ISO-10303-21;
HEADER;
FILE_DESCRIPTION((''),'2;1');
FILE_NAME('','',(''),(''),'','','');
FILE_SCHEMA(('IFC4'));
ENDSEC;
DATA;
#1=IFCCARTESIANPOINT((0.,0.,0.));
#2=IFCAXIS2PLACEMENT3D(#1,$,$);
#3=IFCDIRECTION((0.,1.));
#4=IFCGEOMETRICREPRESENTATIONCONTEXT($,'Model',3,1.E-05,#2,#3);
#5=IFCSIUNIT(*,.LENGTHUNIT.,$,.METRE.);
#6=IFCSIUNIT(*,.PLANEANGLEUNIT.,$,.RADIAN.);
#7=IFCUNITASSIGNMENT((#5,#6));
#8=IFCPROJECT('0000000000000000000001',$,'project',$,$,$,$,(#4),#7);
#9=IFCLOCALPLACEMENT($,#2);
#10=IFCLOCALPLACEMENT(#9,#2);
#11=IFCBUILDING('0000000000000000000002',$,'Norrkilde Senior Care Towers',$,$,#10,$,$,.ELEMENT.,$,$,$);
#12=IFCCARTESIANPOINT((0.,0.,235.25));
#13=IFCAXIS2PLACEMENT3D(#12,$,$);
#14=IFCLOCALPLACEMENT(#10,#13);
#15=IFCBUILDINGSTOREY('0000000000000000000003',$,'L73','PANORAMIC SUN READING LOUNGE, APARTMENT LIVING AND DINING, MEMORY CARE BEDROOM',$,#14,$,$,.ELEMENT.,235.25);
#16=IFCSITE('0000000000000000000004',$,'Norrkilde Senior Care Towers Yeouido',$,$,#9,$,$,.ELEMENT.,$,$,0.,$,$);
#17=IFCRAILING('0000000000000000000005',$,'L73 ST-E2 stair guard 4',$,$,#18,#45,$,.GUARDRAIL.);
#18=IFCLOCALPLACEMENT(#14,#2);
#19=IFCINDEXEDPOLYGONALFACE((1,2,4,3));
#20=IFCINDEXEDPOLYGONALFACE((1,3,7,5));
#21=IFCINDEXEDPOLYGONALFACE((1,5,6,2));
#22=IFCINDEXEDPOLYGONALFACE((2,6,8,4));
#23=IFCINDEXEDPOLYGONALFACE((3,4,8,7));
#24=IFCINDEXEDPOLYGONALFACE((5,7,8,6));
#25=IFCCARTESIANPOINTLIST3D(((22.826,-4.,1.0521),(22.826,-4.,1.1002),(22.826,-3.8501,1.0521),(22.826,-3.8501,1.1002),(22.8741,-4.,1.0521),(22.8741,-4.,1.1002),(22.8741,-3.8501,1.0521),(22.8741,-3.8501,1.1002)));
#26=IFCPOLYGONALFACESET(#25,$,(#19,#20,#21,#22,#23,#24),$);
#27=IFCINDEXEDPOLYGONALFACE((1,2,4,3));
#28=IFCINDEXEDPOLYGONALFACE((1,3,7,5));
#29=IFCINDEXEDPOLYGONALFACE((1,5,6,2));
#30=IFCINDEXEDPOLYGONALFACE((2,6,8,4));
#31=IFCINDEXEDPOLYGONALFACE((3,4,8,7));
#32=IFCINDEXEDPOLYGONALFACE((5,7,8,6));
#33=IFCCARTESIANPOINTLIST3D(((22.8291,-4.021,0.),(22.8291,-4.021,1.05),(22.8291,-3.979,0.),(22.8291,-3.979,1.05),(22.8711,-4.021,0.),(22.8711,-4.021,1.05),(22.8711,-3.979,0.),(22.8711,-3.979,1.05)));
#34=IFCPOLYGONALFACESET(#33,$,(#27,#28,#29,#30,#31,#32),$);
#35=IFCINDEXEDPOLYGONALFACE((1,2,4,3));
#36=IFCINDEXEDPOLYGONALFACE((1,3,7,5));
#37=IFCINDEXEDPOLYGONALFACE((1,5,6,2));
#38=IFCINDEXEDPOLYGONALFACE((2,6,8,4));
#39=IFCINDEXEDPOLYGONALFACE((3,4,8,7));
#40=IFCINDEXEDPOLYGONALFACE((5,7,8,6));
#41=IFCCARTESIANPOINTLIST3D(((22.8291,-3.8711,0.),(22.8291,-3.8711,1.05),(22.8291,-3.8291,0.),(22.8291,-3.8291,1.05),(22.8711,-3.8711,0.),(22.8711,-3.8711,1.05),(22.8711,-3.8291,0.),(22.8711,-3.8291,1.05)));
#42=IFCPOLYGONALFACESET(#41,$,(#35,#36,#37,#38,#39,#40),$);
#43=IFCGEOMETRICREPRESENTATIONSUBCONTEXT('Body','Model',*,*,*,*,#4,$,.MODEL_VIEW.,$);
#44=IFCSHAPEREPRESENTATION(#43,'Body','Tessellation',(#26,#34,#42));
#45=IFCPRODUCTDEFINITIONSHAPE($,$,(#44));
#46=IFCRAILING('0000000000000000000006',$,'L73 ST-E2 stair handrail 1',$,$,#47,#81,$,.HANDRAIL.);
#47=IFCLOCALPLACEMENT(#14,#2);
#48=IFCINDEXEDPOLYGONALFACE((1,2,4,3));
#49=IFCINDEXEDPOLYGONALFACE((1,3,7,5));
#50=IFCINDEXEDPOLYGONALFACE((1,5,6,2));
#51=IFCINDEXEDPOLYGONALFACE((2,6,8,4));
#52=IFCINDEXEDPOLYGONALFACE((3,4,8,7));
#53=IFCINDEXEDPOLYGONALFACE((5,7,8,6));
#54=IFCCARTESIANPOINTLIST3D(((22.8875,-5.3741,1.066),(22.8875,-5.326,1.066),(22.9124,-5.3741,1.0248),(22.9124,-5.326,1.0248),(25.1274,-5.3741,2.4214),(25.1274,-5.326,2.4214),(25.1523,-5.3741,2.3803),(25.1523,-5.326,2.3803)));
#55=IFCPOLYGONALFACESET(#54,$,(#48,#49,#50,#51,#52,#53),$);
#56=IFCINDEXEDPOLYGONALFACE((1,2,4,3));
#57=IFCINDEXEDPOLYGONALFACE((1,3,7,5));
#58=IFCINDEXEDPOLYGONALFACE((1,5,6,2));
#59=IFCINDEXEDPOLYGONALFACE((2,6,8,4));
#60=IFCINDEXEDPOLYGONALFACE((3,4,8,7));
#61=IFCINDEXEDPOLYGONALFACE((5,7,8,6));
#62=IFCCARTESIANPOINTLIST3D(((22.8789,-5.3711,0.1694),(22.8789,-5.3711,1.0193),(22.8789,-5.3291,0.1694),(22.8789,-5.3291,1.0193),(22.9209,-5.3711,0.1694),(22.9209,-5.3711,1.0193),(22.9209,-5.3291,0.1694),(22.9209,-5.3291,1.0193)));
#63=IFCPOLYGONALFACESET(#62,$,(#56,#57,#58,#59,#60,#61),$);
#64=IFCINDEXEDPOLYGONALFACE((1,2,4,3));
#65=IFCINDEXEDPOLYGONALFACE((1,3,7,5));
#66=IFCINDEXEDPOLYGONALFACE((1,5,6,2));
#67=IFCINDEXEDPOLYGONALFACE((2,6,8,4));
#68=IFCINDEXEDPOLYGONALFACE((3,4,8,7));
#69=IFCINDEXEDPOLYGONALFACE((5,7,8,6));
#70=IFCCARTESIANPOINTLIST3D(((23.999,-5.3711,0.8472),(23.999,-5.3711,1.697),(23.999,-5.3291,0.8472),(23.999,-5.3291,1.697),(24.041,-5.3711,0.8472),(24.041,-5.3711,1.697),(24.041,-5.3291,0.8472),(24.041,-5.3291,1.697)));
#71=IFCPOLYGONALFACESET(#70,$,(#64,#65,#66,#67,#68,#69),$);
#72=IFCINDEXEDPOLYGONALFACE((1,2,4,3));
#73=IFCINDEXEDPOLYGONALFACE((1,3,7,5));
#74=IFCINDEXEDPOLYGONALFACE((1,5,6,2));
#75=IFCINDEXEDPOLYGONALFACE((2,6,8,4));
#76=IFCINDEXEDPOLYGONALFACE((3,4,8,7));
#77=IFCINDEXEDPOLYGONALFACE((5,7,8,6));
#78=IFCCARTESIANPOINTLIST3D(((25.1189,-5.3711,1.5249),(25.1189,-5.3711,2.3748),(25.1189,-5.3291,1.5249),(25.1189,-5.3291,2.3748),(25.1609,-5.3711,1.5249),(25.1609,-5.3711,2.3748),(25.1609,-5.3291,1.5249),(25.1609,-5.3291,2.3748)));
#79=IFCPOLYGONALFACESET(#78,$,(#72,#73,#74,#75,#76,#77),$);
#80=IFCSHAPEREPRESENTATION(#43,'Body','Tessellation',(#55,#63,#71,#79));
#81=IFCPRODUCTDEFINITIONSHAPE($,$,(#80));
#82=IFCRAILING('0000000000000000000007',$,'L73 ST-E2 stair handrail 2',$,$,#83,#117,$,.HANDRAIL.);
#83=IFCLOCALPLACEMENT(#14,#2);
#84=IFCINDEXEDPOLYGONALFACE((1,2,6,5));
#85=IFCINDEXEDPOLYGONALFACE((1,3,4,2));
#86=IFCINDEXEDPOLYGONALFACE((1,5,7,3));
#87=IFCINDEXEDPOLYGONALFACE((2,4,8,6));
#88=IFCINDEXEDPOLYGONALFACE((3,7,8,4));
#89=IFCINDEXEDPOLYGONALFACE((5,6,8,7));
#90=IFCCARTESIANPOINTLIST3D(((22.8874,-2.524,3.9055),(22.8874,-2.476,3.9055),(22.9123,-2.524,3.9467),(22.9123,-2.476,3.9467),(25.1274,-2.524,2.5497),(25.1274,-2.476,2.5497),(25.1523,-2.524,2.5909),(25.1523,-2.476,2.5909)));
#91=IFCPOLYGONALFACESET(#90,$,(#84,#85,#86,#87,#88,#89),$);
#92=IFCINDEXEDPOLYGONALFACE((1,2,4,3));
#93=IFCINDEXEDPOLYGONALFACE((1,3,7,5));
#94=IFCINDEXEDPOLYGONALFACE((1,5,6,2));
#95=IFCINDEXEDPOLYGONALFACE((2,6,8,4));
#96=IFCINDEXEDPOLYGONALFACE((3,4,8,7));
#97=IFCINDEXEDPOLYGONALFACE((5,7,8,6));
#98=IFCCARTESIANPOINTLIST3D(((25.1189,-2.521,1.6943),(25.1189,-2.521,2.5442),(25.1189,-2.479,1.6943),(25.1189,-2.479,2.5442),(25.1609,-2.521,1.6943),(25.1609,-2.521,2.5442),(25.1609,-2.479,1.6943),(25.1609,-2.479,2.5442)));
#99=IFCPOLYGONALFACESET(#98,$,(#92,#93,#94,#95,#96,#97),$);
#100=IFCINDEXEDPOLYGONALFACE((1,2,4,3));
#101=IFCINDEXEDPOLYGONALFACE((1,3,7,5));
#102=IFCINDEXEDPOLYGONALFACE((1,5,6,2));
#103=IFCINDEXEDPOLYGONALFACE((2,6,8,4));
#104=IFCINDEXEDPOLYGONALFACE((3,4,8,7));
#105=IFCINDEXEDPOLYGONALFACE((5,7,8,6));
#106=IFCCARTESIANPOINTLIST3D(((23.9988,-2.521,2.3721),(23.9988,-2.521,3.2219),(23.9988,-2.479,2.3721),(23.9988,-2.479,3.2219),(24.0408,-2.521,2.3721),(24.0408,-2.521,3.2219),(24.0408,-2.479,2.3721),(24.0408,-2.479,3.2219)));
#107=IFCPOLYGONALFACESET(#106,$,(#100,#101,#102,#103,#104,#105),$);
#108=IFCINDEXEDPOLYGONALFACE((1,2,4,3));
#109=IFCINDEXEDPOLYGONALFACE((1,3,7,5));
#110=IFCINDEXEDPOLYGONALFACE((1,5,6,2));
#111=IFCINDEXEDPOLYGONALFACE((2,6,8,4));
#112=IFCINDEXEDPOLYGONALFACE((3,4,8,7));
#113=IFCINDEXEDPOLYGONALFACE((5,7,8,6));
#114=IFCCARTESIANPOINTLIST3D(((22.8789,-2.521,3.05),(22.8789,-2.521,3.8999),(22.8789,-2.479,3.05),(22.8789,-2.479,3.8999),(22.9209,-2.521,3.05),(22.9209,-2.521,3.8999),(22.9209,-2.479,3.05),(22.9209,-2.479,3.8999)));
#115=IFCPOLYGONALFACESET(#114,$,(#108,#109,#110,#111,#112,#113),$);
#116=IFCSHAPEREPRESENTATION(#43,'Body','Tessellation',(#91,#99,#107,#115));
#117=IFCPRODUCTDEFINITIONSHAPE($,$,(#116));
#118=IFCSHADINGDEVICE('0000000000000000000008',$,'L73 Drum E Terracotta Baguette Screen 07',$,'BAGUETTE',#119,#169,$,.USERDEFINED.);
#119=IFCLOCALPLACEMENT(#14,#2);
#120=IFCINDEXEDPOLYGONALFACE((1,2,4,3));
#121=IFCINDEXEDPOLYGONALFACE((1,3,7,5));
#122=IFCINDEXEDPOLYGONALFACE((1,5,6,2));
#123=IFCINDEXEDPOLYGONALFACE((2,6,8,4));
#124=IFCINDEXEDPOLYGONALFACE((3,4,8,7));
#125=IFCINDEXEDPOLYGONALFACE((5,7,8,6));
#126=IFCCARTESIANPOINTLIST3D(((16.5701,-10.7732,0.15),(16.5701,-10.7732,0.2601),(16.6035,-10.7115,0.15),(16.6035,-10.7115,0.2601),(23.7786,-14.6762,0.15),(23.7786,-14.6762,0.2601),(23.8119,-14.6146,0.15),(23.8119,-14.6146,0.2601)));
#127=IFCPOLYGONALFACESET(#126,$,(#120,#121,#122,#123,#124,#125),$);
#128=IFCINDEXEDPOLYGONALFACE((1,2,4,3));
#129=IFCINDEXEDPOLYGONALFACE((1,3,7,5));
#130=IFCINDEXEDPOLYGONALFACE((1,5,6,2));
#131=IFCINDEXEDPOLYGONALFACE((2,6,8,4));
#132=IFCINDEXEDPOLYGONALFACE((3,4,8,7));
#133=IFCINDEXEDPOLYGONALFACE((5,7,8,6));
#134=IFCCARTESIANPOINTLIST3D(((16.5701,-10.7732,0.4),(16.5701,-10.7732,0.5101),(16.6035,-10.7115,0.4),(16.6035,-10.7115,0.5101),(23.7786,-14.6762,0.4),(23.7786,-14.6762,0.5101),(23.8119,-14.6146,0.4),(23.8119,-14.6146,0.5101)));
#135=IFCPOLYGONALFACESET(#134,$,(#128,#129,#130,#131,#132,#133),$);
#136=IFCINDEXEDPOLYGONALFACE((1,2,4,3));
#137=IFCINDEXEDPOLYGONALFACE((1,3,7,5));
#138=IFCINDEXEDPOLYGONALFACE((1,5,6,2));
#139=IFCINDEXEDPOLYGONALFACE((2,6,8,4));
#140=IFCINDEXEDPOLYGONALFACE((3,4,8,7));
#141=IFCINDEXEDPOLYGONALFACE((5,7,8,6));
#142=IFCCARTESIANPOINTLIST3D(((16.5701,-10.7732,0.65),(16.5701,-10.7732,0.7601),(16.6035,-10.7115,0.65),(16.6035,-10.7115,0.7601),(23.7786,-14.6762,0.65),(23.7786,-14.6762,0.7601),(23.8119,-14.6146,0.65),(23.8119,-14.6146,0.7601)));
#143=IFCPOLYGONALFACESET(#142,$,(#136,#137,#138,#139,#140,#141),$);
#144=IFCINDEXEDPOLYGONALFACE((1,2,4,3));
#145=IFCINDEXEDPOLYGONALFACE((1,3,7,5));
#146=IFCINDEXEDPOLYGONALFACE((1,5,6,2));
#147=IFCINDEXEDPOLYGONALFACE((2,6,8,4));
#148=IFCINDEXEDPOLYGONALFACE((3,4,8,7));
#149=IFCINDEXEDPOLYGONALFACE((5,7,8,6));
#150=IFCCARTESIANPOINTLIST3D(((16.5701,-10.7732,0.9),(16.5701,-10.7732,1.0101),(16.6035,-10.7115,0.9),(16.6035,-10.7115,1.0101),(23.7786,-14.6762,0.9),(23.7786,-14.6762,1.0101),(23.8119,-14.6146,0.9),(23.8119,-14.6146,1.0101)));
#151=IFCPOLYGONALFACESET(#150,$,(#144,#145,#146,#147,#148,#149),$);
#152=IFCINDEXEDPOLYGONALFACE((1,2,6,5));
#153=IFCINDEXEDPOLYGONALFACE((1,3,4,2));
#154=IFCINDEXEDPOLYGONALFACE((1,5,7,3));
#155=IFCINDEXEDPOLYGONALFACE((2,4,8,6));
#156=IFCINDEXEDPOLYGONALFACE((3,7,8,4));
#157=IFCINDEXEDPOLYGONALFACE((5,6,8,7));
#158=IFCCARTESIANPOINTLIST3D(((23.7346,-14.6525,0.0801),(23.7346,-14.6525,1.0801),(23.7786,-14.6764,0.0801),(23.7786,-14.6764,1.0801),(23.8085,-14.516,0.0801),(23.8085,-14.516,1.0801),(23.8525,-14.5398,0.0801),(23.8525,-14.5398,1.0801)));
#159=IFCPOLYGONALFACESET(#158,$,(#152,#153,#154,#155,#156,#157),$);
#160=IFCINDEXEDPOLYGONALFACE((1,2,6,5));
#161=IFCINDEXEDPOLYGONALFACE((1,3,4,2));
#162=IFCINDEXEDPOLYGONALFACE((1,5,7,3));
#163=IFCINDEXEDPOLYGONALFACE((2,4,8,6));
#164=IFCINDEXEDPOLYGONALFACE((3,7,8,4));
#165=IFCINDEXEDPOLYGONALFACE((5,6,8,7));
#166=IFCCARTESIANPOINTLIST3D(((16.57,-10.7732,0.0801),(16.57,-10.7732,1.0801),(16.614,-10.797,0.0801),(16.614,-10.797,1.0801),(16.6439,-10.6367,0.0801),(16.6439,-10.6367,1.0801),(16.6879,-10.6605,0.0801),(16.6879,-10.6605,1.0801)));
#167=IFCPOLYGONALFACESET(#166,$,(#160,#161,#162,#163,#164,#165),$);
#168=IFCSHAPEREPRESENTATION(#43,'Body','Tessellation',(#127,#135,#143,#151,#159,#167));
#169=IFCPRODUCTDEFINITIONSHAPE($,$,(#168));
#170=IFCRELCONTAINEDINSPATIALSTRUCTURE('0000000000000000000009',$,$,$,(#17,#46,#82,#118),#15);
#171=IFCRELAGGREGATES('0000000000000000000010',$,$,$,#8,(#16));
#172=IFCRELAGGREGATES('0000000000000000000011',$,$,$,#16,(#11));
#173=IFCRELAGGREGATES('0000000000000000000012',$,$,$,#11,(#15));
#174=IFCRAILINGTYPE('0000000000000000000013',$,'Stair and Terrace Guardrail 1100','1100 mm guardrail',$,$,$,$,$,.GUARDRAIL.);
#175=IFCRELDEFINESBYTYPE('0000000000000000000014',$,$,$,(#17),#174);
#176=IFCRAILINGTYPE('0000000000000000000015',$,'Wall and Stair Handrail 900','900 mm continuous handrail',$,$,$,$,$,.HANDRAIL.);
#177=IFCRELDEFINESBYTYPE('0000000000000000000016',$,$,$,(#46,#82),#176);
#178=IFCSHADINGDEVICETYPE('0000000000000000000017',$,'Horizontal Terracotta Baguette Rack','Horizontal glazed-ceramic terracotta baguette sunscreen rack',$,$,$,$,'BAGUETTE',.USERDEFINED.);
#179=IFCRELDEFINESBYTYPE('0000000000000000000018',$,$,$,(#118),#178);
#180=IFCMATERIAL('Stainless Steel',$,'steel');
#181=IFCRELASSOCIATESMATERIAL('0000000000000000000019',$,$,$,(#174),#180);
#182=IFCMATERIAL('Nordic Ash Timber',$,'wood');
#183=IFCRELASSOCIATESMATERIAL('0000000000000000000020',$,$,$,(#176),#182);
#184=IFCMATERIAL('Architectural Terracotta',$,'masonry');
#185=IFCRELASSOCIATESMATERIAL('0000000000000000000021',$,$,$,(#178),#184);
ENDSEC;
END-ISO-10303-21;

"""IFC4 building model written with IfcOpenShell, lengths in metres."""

from ifc_helpers import new_model, si_unit, direction, frame, origin, origin_2d, place, context, subcontext, project, spatial, rectangle, extrude, source, transform, mapped, material, type_object, type_shapes, element, save


model = new_model("IFC4")

# Units and contexts
model_context = context("Model", 3, precision=1e-05, world=origin(), true_north=direction((0.0, 1.0)))
body_context = subcontext(model_context, "Body", "Model", "MODEL_VIEW")
ifc_project = project(units=[si_unit("LENGTHUNIT", "METRE"), si_unit("PLANEANGLEUNIT", "RADIAN")], contexts=[model_context])

# Site, building, storey
site_placement = place(None, origin())
site = spatial("IfcSite", under=ifc_project, at=site_placement, Name="Norrkilde Senior Care Towers Yeouido", CompositionType="ELEMENT", RefElevation=0.0)
building_placement = place(site_placement, origin())
building = spatial("IfcBuilding", under=site, at=building_placement, Name="Norrkilde Senior Care Towers", CompositionType="ELEMENT")
storey_placement = place(building_placement, frame((0.0, 0.0, 235.25)))
storey = spatial("IfcBuildingStorey", under=building, at=storey_placement, Name="L73", Description="PANORAMIC SUN READING LOUNGE, APARTMENT LIVING AND DINING, MEMORY CARE BEDROOM", CompositionType="ELEMENT", Elevation=235.25)

# Shared definitions
ifc_material_1 = material(Name="Nordic Ash Timber", Category="wood")

# Railings
ifc_material_2 = material(Name="Stainless Steel", Category="steel")
railing_type_1 = type_object("IfcRailingType", Name="Stair and Terrace Guardrail 1100", Description="1100 mm guardrail", PredefinedType="GUARDRAIL", material=ifc_material_2)
railing_1_placement = place(storey_placement, frame((22.8501, -4.0, 0.0)))
element("IfcRailing", 1, at=railing_1_placement, inside=storey, type_object=railing_type_1, Name="L73 ST-E2 stair guard 4", PredefinedType="GUARDRAIL", context=body_context, shape_type="SweptSolid", body=[
    extrude(rectangle(XDim=0.0481, YDim=0.0481, at=origin_2d()), frame((0.0, 0.0, 1.0762), z_axis=(0.0, 1.0, 0.0), x_axis=(-1.0, 0.0, 0.0)), (0.0, 0.0, 1.0), 0.1499),
    extrude(rectangle(XDim=0.042, YDim=0.042, at=origin_2d()), origin(), (0.0, 0.0, 1.0), 1.05),
    extrude(rectangle(XDim=0.042, YDim=0.042, at=origin_2d()), frame((0.0, 0.1499, 0.0)), (0.0, 0.0, 1.0), 1.05),
])
railing_type_2 = type_object("IfcRailingType", Name="Wall and Stair Handrail 900", Description="900 mm continuous handrail", PredefinedType="HANDRAIL", material=ifc_material_1)
railing_2_placement = place(storey_placement, frame((22.8999, -5.3501, 0.1694)))
element("IfcRailing", 2, at=railing_2_placement, inside=storey, type_object=railing_type_2, Name="L73 ST-E2 stair handrail 1", PredefinedType="HANDRAIL", context=body_context, shape_type="SweptSolid", body=[
    extrude(rectangle(XDim=0.0481, YDim=0.0481, at=origin_2d()), frame((0.0, 0.0, 0.876), z_axis=(0.855553, 0.0, 0.517715), x_axis=(0.0, 1.0, 0.0)), (0.0, 0.0, 1.0), 2.6182),
    extrude(rectangle(XDim=0.042, YDim=0.042, at=origin_2d()), origin(), (0.0, 0.0, 1.0), 0.8499),
    extrude(rectangle(XDim=0.042, YDim=0.042, at=origin_2d()), frame((1.1201, 0.0, 0.6777)), (0.0, 0.0, 1.0), 0.8499),
    extrude(rectangle(XDim=0.042, YDim=0.042, at=origin_2d()), frame((2.24, 0.0, 1.3555)), (0.0, 0.0, 1.0), 0.8499),
])
railing_3_placement = place(storey_placement, frame((25.1399, -2.5, 1.6943)))
element("IfcRailing", 3, at=railing_3_placement, inside=storey, type_object=railing_type_2, Name="L73 ST-E2 stair handrail 2", PredefinedType="HANDRAIL", context=body_context, shape_type="SweptSolid", body=[
    extrude(rectangle(XDim=0.0481, YDim=0.0481, at=origin_2d()), frame((0.0, 0.0, 0.876), z_axis=(-0.855512, 0.0, 0.517783), x_axis=(0.0, -1.0, 0.0)), (0.0, 0.0, 1.0), 2.6184),
    extrude(rectangle(XDim=0.042, YDim=0.042, at=origin_2d()), origin(), (0.0, 0.0, 1.0), 0.8499),
    extrude(rectangle(XDim=0.042, YDim=0.042, at=origin_2d()), frame((-1.1201, 0.0, 0.6777)), (0.0, 0.0, 1.0), 0.8499),
    extrude(rectangle(XDim=0.042, YDim=0.042, at=origin_2d()), frame((-2.24, 0.0, 1.3557)), (0.0, 0.0, 1.0), 0.8499),
])

# Shading device
ifc_material_3 = material(Name="Architectural Terracotta", Category="masonry")
shading_device_type = type_object("IfcShadingDeviceType", Name="Horizontal Terracotta Baguette Rack", Description="Horizontal glazed-ceramic terracotta baguette sunscreen rack", ElementType="BAGUETTE", PredefinedType="USERDEFINED", material=ifc_material_3)
shared_shape_1 = source(origin(), body_context, "Body", "SweptSolid", [
    extrude(rectangle(XDim=0.0701, YDim=0.1101, at=origin_2d()), frame((0.0, 0.0901, 0.125), z_axis=(1.0, 0.0, 0.0), x_axis=(0.0, 1.0, 0.0)), (0.0, 0.0, 1.0), 8.1973),
    extrude(rectangle(XDim=0.0701, YDim=0.1101, at=origin_2d()), frame((0.0, 0.0901, 0.375), z_axis=(1.0, 0.0, 0.0), x_axis=(0.0, 1.0, 0.0)), (0.0, 0.0, 1.0), 8.1973),
    extrude(rectangle(XDim=0.0701, YDim=0.1101, at=origin_2d()), frame((0.0, 0.0901, 0.625), z_axis=(1.0, 0.0, 0.0), x_axis=(0.0, 1.0, 0.0)), (0.0, 0.0, 1.0), 8.1973),
    extrude(rectangle(XDim=0.0701, YDim=0.1101, at=origin_2d()), frame((0.0, 0.0901, 0.875), z_axis=(1.0, 0.0, 0.0), x_axis=(0.0, 1.0, 0.0)), (0.0, 0.0, 1.0), 8.1973),
    extrude(rectangle(XDim=0.05, YDim=0.1553, at=origin_2d()), frame((0.0249, 0.0476, 0.0)), (0.0, 0.0, 1.0), 1.0),
    extrude(rectangle(XDim=0.05, YDim=0.1553, at=origin_2d()), frame((8.1724, 0.0476, 0.0)), (0.0, 0.0, 1.0), 1.0),
])
type_shapes(shading_device_type, [shared_shape_1])
shading_device_placement = place(storey_placement, frame((23.8381, -14.5662, 0.0801), z_axis=(0.0, 0.0, 1.0), x_axis=(-0.879378, 0.476144, 0.0)))
element("IfcShadingDevice", 4, at=shading_device_placement, inside=storey, type_object=shading_device_type, Name="L73 Drum E Terracotta Baguette Screen 07", ObjectType="BAGUETTE", PredefinedType="USERDEFINED", context=body_context, shape_type="MappedRepresentation", body=[
    mapped(shared_shape_1, transform((0.0, 0.0, 0.0), x_axis=(1.0, 0.0, 0.0), y_axis=(0.0, 1.0, 0.0), z_axis=(0.0, 0.0, 1.0), scale=1.0)),
])

save(model, "model.ifc")
